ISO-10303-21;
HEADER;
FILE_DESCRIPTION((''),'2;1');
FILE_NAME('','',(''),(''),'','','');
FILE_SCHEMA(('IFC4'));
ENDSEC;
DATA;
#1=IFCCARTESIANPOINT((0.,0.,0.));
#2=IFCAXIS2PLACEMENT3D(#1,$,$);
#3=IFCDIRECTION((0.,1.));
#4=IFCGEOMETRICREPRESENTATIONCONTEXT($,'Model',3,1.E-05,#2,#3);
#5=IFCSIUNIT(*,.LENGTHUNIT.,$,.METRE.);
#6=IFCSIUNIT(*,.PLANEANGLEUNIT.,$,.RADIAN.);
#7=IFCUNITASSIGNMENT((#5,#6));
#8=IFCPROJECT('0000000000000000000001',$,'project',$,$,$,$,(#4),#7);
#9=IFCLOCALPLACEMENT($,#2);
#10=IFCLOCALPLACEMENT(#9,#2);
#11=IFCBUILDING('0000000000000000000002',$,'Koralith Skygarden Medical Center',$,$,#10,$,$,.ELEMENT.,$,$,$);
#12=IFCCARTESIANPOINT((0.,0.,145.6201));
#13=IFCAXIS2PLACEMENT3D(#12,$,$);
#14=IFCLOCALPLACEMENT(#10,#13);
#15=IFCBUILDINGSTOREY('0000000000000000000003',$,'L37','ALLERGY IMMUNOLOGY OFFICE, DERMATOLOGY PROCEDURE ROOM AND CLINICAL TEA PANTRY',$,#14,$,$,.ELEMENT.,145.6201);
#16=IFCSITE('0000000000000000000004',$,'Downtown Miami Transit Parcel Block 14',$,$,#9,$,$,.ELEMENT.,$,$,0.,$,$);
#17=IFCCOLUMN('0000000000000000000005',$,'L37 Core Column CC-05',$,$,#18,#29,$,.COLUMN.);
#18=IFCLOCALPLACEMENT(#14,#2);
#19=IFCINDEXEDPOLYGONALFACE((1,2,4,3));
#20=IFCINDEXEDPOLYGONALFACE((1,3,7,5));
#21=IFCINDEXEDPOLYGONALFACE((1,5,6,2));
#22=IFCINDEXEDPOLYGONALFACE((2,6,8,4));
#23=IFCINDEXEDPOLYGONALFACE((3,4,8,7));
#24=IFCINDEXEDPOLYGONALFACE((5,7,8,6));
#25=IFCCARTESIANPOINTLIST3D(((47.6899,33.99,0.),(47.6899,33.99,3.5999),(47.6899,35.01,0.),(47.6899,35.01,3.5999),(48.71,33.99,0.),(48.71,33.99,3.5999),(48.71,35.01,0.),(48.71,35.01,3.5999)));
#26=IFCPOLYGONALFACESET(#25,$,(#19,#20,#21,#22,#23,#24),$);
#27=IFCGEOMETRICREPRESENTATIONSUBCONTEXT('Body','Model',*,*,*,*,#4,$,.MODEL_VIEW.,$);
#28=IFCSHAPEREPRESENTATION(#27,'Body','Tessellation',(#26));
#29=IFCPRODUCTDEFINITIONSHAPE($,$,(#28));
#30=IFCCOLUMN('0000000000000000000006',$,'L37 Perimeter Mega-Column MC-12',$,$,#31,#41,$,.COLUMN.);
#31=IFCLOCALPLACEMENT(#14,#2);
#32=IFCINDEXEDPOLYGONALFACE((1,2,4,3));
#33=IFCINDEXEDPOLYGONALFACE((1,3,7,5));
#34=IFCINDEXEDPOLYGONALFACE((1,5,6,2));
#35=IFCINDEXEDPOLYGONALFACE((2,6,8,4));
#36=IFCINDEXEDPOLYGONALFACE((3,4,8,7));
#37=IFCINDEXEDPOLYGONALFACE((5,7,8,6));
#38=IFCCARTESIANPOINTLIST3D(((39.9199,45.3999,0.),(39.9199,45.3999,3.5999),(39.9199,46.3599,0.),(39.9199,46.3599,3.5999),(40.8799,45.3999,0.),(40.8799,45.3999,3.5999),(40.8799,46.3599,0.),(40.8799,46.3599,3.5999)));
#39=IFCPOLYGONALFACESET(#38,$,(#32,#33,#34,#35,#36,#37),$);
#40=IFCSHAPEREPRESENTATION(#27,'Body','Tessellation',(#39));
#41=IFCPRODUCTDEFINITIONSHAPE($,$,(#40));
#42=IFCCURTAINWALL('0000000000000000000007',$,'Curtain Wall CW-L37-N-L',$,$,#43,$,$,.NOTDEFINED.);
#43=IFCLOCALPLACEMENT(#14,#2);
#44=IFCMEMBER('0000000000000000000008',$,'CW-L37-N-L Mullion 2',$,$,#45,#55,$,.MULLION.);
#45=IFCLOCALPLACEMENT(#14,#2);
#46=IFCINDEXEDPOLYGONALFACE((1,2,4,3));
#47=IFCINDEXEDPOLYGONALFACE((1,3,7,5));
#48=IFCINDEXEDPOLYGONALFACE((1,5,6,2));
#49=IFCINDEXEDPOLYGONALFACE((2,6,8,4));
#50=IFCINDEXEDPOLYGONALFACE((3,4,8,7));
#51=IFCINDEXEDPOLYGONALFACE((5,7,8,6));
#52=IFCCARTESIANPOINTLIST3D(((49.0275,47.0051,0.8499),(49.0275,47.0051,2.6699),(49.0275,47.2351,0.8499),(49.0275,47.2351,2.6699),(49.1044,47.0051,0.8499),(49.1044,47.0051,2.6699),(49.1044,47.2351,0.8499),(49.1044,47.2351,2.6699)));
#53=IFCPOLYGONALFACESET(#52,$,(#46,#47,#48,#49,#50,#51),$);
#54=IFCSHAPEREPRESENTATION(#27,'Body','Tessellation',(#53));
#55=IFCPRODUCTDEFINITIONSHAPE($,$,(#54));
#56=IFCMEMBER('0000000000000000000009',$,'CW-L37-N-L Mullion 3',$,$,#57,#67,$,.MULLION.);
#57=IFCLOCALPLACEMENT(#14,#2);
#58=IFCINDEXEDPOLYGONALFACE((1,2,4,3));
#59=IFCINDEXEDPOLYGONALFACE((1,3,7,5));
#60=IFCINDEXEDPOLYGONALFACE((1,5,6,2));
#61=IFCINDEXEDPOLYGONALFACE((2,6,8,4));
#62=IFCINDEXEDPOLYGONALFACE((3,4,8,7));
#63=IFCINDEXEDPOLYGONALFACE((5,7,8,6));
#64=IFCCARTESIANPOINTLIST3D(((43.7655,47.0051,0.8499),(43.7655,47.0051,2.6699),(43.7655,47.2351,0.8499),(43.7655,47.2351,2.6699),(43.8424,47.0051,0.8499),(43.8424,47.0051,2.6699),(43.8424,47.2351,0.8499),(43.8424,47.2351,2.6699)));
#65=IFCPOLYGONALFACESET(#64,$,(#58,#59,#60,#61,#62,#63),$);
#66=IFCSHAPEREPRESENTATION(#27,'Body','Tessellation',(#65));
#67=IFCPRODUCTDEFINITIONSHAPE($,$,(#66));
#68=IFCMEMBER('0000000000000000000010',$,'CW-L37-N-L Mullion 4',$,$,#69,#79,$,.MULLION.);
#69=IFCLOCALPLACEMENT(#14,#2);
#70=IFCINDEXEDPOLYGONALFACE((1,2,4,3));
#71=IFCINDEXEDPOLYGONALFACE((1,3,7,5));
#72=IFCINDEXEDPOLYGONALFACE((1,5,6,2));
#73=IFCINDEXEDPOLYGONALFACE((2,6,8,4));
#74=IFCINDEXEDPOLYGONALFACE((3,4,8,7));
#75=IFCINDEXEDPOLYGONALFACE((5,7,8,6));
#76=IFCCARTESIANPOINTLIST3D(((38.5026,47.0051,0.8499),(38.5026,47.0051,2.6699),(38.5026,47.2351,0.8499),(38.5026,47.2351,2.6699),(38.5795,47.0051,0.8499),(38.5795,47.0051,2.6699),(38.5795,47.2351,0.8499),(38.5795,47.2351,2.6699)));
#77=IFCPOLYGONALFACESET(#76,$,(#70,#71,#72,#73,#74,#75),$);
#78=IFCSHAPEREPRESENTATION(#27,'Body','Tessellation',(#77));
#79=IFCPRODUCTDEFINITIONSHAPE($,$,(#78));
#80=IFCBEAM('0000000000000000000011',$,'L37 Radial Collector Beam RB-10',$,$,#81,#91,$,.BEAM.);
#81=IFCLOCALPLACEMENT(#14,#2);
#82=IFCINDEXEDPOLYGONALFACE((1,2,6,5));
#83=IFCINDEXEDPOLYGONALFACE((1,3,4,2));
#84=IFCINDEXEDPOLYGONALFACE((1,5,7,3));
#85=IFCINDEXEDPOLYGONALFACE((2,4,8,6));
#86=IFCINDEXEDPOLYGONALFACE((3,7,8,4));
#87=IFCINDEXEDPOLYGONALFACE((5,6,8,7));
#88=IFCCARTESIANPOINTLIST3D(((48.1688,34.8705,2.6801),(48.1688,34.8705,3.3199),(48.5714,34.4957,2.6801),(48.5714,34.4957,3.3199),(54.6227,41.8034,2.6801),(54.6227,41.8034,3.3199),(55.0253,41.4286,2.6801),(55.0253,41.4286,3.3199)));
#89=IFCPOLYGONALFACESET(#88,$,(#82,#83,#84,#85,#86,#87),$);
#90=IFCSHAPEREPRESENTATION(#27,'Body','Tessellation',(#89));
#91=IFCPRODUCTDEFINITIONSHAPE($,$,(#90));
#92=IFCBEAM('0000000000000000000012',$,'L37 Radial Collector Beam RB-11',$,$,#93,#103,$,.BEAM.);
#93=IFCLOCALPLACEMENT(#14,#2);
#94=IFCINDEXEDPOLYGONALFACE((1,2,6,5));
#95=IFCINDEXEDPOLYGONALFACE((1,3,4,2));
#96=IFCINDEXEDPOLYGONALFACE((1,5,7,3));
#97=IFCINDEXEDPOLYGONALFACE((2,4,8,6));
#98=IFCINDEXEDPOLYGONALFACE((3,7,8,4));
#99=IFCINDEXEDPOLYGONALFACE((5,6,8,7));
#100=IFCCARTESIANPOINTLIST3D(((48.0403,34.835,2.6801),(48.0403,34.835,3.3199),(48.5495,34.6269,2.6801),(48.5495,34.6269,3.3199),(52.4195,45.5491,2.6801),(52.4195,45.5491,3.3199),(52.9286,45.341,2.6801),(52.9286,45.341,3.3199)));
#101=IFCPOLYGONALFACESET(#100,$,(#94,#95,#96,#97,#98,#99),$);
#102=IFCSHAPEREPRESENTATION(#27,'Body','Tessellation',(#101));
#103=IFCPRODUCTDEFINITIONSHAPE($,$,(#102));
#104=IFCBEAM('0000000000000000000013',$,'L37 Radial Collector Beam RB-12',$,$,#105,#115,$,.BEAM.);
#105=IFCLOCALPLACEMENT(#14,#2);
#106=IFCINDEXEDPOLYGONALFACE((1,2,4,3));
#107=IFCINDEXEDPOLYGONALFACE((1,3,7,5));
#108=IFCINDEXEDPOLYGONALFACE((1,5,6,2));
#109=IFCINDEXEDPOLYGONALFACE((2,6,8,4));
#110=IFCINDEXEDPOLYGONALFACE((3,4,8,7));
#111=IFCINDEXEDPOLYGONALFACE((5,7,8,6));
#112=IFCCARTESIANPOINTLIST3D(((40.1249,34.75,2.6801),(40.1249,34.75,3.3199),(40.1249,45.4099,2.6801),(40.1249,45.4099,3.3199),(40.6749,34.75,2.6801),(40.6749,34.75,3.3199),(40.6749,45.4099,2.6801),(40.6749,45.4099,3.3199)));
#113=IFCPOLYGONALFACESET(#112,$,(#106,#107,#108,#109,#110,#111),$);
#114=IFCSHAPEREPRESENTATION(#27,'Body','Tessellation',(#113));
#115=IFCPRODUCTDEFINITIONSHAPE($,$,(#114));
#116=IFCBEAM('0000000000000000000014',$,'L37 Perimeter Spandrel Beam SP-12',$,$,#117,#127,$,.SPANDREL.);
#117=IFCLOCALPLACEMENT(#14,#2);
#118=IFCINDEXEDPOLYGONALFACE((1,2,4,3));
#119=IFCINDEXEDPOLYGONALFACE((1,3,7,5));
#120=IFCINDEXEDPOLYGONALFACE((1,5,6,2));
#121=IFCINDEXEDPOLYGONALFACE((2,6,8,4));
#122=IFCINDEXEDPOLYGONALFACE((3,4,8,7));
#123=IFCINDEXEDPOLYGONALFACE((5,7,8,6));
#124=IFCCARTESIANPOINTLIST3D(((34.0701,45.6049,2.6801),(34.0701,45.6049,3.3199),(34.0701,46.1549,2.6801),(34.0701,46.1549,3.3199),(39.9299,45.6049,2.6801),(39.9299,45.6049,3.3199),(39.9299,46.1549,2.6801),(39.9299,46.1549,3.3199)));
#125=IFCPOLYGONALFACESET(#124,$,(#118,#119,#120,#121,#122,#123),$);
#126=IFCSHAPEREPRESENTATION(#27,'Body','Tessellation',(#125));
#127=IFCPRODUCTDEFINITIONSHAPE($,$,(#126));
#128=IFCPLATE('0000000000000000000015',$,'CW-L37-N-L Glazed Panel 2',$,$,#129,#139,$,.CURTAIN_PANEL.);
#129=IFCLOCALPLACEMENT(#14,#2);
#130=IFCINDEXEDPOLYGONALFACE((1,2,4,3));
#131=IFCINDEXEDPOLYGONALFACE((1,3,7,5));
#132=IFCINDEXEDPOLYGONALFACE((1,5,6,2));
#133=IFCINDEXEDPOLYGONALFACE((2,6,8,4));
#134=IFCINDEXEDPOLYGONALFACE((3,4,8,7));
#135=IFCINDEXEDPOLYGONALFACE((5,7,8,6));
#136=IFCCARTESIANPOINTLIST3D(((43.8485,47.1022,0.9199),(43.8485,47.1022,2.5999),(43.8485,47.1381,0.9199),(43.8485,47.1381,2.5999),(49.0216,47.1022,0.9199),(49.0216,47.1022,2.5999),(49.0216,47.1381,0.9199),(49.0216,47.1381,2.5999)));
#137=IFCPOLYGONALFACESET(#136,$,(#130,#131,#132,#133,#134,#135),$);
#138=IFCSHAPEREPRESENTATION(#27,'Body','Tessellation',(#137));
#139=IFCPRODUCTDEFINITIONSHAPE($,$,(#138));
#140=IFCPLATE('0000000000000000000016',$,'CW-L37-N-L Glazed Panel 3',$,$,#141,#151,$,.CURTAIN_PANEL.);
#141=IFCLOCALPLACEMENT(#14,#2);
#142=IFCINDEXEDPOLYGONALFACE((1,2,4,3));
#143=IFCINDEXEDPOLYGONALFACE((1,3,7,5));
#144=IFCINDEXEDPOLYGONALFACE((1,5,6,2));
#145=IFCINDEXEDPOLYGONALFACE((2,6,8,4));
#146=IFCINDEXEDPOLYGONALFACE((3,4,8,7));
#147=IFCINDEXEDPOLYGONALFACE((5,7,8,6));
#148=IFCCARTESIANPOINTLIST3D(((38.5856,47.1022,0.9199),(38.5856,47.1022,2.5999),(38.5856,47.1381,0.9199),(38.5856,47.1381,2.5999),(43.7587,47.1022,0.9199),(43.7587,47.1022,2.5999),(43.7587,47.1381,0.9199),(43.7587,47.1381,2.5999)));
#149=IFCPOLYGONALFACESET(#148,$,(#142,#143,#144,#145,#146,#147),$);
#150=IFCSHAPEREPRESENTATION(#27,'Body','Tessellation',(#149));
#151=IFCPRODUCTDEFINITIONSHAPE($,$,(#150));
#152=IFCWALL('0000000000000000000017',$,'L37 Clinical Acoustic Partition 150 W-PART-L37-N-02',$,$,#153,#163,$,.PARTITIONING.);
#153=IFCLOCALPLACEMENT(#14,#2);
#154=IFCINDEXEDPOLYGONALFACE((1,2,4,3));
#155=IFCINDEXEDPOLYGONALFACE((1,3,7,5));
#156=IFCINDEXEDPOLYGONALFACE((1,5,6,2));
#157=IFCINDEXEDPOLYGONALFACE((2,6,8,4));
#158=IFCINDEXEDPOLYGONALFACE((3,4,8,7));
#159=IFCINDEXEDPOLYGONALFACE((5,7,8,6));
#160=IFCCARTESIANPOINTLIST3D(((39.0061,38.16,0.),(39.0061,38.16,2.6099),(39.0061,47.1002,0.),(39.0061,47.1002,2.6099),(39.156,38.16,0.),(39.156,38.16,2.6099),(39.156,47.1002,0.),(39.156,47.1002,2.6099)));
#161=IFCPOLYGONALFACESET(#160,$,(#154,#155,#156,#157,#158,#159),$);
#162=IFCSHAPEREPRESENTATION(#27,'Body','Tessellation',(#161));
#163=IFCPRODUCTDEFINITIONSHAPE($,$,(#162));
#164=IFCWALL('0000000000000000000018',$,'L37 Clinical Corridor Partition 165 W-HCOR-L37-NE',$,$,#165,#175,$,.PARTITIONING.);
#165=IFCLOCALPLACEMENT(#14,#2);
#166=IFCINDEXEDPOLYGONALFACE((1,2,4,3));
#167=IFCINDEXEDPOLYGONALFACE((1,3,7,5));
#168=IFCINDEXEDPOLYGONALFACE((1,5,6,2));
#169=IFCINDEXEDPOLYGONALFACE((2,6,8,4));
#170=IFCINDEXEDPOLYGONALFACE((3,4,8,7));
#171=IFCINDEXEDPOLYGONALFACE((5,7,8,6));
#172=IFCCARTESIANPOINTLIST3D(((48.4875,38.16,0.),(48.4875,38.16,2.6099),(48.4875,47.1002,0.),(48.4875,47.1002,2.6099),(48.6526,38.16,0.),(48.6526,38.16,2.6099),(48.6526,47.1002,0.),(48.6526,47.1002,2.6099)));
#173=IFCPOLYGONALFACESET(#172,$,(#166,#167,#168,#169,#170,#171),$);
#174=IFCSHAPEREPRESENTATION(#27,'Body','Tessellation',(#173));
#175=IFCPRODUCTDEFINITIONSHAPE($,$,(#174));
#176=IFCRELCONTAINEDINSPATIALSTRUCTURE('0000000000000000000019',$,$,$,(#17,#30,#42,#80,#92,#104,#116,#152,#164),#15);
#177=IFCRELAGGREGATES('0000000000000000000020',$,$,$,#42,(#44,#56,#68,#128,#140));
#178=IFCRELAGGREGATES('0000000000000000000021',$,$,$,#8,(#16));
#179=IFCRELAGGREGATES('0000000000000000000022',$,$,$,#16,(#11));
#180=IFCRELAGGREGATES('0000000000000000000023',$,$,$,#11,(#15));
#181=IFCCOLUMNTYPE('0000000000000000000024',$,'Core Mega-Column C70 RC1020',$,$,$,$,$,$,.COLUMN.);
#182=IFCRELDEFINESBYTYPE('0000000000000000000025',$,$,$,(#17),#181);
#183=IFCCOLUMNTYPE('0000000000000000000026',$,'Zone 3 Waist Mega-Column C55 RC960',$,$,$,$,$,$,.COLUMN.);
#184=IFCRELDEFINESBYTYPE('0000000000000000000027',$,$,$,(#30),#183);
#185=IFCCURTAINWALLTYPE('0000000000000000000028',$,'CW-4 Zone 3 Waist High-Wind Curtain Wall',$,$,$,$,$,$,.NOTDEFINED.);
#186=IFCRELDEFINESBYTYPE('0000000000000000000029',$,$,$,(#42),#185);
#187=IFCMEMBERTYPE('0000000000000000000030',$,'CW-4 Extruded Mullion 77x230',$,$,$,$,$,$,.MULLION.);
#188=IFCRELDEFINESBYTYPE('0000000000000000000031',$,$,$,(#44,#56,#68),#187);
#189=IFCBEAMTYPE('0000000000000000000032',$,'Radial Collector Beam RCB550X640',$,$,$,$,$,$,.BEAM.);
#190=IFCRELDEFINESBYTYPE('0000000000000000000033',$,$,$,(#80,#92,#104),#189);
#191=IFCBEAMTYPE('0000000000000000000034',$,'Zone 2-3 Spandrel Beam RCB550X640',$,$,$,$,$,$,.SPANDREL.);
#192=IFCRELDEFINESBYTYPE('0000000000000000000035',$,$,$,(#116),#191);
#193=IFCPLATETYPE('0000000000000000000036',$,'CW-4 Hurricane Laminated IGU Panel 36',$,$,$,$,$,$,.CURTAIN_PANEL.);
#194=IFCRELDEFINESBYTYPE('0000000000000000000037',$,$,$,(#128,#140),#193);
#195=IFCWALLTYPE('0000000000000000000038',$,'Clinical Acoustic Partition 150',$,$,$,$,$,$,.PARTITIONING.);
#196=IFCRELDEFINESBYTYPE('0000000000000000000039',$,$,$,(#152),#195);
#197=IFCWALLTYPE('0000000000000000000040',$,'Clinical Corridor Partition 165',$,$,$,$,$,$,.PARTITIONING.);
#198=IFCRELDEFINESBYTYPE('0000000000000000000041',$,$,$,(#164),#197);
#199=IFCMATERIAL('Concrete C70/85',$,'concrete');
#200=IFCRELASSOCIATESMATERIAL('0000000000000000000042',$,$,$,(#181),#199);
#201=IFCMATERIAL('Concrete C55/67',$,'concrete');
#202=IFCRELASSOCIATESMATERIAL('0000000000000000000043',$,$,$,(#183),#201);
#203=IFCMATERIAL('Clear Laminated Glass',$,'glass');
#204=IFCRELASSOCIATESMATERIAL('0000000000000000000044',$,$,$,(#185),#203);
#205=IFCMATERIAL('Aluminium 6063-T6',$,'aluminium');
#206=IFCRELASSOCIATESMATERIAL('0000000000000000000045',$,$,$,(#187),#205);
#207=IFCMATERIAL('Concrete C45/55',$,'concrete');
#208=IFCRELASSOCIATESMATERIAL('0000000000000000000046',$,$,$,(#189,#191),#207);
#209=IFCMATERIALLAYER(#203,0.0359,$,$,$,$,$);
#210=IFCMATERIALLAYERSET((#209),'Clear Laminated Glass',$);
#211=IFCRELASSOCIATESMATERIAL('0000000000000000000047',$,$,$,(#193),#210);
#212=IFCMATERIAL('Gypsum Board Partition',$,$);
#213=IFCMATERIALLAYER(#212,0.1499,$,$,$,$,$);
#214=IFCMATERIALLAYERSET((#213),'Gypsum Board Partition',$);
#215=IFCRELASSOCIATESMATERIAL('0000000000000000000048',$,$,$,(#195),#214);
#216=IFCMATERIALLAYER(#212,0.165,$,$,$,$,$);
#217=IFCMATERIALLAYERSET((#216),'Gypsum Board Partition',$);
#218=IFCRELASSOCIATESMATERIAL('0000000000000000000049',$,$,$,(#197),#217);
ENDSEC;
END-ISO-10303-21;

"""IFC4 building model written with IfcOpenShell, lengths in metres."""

from ifc_helpers import new_model, si_unit, direction, frame, frame_2d, origin, origin_2d, place, context, subcontext, project, spatial, rectangle, extrude, material, layer, layer_set, material_profile, profile_set, type_object, element, aggregate, save


model = new_model("IFC4")

# Units and contexts
model_context = context("Model", 3, precision=1e-05, world=origin(), true_north=direction((0.0, 1.0)))
body_context = subcontext(model_context, "Body", "Model", "MODEL_VIEW")
ifc_project = project(units=[si_unit("LENGTHUNIT", "METRE"), si_unit("PLANEANGLEUNIT", "RADIAN")], contexts=[model_context])

# Site, building, storey
site_placement = place(None, origin())
site = spatial("IfcSite", under=ifc_project, at=site_placement, Name="Downtown Miami Transit Parcel Block 14", CompositionType="ELEMENT", RefElevation=0.0)
building_placement = place(site_placement, origin())
building = spatial("IfcBuilding", under=site, at=building_placement, Name="Koralith Skygarden Medical Center", CompositionType="ELEMENT")
storey_placement = place(building_placement, frame((0.0, 0.0, 145.6201)))
storey = spatial("IfcBuildingStorey", under=building, at=storey_placement, Name="L37", Description="ALLERGY IMMUNOLOGY OFFICE, DERMATOLOGY PROCEDURE ROOM AND CLINICAL TEA PANTRY", CompositionType="ELEMENT", Elevation=145.6201)

# Columns
ifc_material_1 = material(Name="Concrete C70/85", Category="concrete")
ifc_material_profile_1 = material_profile(ifc_material_1, rectangle(XDim=1.02, YDim=1.02, at=origin_2d()), Name="RC1020X1020")
ifc_profile_set_1 = profile_set([ifc_material_profile_1], Name="Concrete C70/85")
column_type_1 = type_object("IfcColumnType", Name="Core Mega-Column C70 RC1020", PredefinedType="COLUMN", material=ifc_profile_set_1)
column_1_placement = place(storey_placement, frame((48.2, 34.5, 0.0), z_axis=(0.0, 0.0, 1.0), x_axis=(1.0, 0.0, 0.0)))
element("IfcColumn", 1, at=column_1_placement, inside=storey, type_object=column_type_1, Name="L37 Core Column CC-05", PredefinedType="COLUMN", context=body_context, shape_type="SweptSolid", body=[
    extrude(rectangle(XDim=1.02, YDim=1.02, at=origin_2d()), origin(), (0.0, 0.0, 1.0), 3.5999),
])
ifc_material_2 = material(Name="Concrete C55/67", Category="concrete")
ifc_material_profile_2 = material_profile(ifc_material_2, rectangle(XDim=0.96, YDim=0.96, at=origin_2d()), Name="RC960X960")
ifc_profile_set_2 = profile_set([ifc_material_profile_2], Name="Concrete C55/67")
column_type_2 = type_object("IfcColumnType", Name="Zone 3 Waist Mega-Column C55 RC960", PredefinedType="COLUMN", material=ifc_profile_set_2)
column_2_placement = place(storey_placement, frame((40.3999, 45.8799, 0.0), z_axis=(0.0, 0.0, 1.0), x_axis=(1.0, 0.0, 0.0)))
element("IfcColumn", 2, at=column_2_placement, inside=storey, type_object=column_type_2, Name="L37 Perimeter Mega-Column MC-12", PredefinedType="COLUMN", context=body_context, shape_type="SweptSolid", body=[
    extrude(rectangle(XDim=0.96, YDim=0.96, at=origin_2d()), origin(), (0.0, 0.0, 1.0), 3.5999),
])

# Curtain wall, members
ifc_material_3 = material(Name="Clear Laminated Glass", Category="glass")
curtain_wall_type = type_object("IfcCurtainWallType", Name="CW-4 Zone 3 Waist High-Wind Curtain Wall", PredefinedType="NOTDEFINED", material=ifc_material_3)
curtain_wall_placement = place(storey_placement, origin())
curtain_wall = element("IfcCurtainWall", 3, at=curtain_wall_placement, inside=storey, type_object=curtain_wall_type, Name="Curtain Wall CW-L37-N-L", PredefinedType="NOTDEFINED")
ifc_material_4 = material(Name="Aluminium 6063-T6", Category="aluminium")
ifc_material_profile_3 = material_profile(ifc_material_4, rectangle(XDim=0.0769, YDim=0.23, at=origin_2d()), Name="MUL77X230")
ifc_profile_set_3 = profile_set([ifc_material_profile_3], Name="Aluminium 6063-T6")
member_type = type_object("IfcMemberType", Name="CW-4 Extruded Mullion 77x230", PredefinedType="MULLION", material=ifc_profile_set_3)
member_1_placement = place(storey_placement, frame((49.0659, 47.1201, 0.8499), z_axis=(0.0, 0.0, 1.0), x_axis=(1.0, 0.0, 0.0)))
member_1 = element("IfcMember", 4, at=member_1_placement, type_object=member_type, Name="CW-L37-N-L Mullion 2", PredefinedType="MULLION", context=body_context, shape_type="SweptSolid", body=[
    extrude(rectangle(XDim=0.0769, YDim=0.23, at=origin_2d()), origin(), (0.0, 0.0, 1.0), 1.8201),
])
member_2_placement = place(storey_placement, frame((43.804, 47.1201, 0.8499), z_axis=(0.0, 0.0, 1.0), x_axis=(1.0, 0.0, 0.0)))
member_2 = element("IfcMember", 5, at=member_2_placement, type_object=member_type, Name="CW-L37-N-L Mullion 3", PredefinedType="MULLION", context=body_context, shape_type="SweptSolid", body=[
    extrude(rectangle(XDim=0.0769, YDim=0.23, at=origin_2d()), origin(), (0.0, 0.0, 1.0), 1.8201),
])
member_3_placement = place(storey_placement, frame((38.541, 47.1201, 0.8499), z_axis=(0.0, 0.0, 1.0), x_axis=(1.0, 0.0, 0.0)))
member_3 = element("IfcMember", 6, at=member_3_placement, type_object=member_type, Name="CW-L37-N-L Mullion 4", PredefinedType="MULLION", context=body_context, shape_type="SweptSolid", body=[
    extrude(rectangle(XDim=0.0769, YDim=0.23, at=origin_2d()), origin(), (0.0, 0.0, 1.0), 1.8201),
])

# Beams
ifc_material_5 = material(Name="Concrete C45/55", Category="concrete")
ifc_material_profile_4 = material_profile(ifc_material_5, rectangle(XDim=0.55, YDim=0.6399, at=origin_2d()), Name="RCB550X640")
ifc_profile_set_4 = profile_set([ifc_material_profile_4], Name="Concrete C45/55")
beam_type_1 = type_object("IfcBeamType", Name="Radial Collector Beam RCB550X640", PredefinedType="BEAM", material=ifc_profile_set_4)
beam_1_placement = place(storey_placement, frame((48.3701, 34.6831, 3.0), z_axis=(0.681369, 0.73194, 0.0), x_axis=(-0.73194, 0.681369, 0.0)))
element("IfcBeam", 7, at=beam_1_placement, inside=storey, type_object=beam_type_1, Name="L37 Radial Collector Beam RB-10", PredefinedType="BEAM", context=body_context, shape_type="SweptSolid", body=[
    extrude(rectangle(XDim=0.55, YDim=0.6399, at=origin_2d()), origin(), (0.0, 0.0, 1.0), 9.4719),
])
beam_2_placement = place(storey_placement, frame((48.2949, 34.731, 3.0), z_axis=(0.378345, 0.925665, 0.0), x_axis=(-0.925665, 0.378345, 0.0)))
element("IfcBeam", 8, at=beam_2_placement, inside=storey, type_object=beam_type_1, Name="L37 Radial Collector Beam RB-11", PredefinedType="BEAM", context=body_context, shape_type="SweptSolid", body=[
    extrude(rectangle(XDim=0.55, YDim=0.6399, at=origin_2d()), origin(), (0.0, 0.0, 1.0), 11.5745),
])
beam_3_placement = place(storey_placement, frame((40.3999, 34.75, 3.0), z_axis=(0.0, 1.0, 0.0), x_axis=(-1.0, 0.0, 0.0)))
element("IfcBeam", 9, at=beam_3_placement, inside=storey, type_object=beam_type_1, Name="L37 Radial Collector Beam RB-12", PredefinedType="BEAM", context=body_context, shape_type="SweptSolid", body=[
    extrude(rectangle(XDim=0.55, YDim=0.6399, at=origin_2d()), origin(), (0.0, 0.0, 1.0), 10.6599),
])
ifc_material_profile_5 = material_profile(ifc_material_5, rectangle(XDim=0.55, YDim=0.6399, at=origin_2d()), Name="RCB550X640")
ifc_profile_set_5 = profile_set([ifc_material_profile_5], Name="Concrete C45/55")
beam_type_2 = type_object("IfcBeamType", Name="Zone 2-3 Spandrel Beam RCB550X640", PredefinedType="SPANDREL", material=ifc_profile_set_5)
beam_4_placement = place(storey_placement, frame((39.9299, 45.8799, 3.0), z_axis=(-1.0, 0.0, 0.0), x_axis=(0.0, -1.0, 0.0)))
element("IfcBeam", 10, at=beam_4_placement, inside=storey, type_object=beam_type_2, Name="L37 Perimeter Spandrel Beam SP-12", PredefinedType="SPANDREL", context=body_context, shape_type="SweptSolid", body=[
    extrude(rectangle(XDim=0.55, YDim=0.6399, at=origin_2d()), origin(), (0.0, 0.0, 1.0), 5.8599),
])

# Plates
ifc_layer_1 = layer(ifc_material_3, 0.0359)
ifc_layer_set_1 = layer_set([ifc_layer_1], Name="Clear Laminated Glass")
plate_type = type_object("IfcPlateType", Name="CW-4 Hurricane Laminated IGU Panel 36", PredefinedType="CURTAIN_PANEL", material=ifc_layer_set_1)
plate_1_placement = place(storey_placement, frame((46.4351, 47.1201, 0.9199), z_axis=(0.0, 0.0, 1.0), x_axis=(-1.0, 0.0, 0.0)))
plate_1 = element("IfcPlate", 11, at=plate_1_placement, type_object=plate_type, Name="CW-L37-N-L Glazed Panel 2", PredefinedType="CURTAIN_PANEL", context=body_context, shape_type="SweptSolid", body=[
    extrude(rectangle(XDim=5.1731, YDim=0.0359, at=origin_2d()), origin(), (0.0, 0.0, 1.0), 1.6799),
])
plate_2_placement = place(storey_placement, frame((41.1721, 47.1201, 0.9199), z_axis=(0.0, 0.0, 1.0), x_axis=(-1.0, 0.0, 0.0)))
plate_2 = element("IfcPlate", 12, at=plate_2_placement, type_object=plate_type, Name="CW-L37-N-L Glazed Panel 3", PredefinedType="CURTAIN_PANEL", context=body_context, shape_type="SweptSolid", body=[
    extrude(rectangle(XDim=5.1731, YDim=0.0359, at=origin_2d()), origin(), (0.0, 0.0, 1.0), 1.6799),
])
aggregate(curtain_wall, [member_1, member_2, member_3, plate_1, plate_2])

# Walls
ifc_material_6 = material(Name="Gypsum Board Partition")
ifc_layer_2 = layer(ifc_material_6, 0.1499)
ifc_layer_set_2 = layer_set([ifc_layer_2], Name="Gypsum Board Partition")
wall_type_1 = type_object("IfcWallType", Name="Clinical Acoustic Partition 150", PredefinedType="PARTITIONING", material=ifc_layer_set_2)
wall_1_placement = place(storey_placement, frame((39.0811, 38.1599, 0.0), z_axis=(0.0, 0.0, 1.0), x_axis=(0.0, 1.0, 0.0)))
element("IfcWall", 13, at=wall_1_placement, inside=storey, type_object=wall_type_1, Name="L37 Clinical Acoustic Partition 150 W-PART-L37-N-02", PredefinedType="PARTITIONING", context=body_context, shape_type="SweptSolid", body=[
    extrude(rectangle(XDim=8.9402, YDim=0.1499, at=frame_2d((4.4702, 0.0))), origin(), (0.0, 0.0, 1.0), 2.6099),
])
ifc_layer_3 = layer(ifc_material_6, 0.165)
ifc_layer_set_3 = layer_set([ifc_layer_3], Name="Gypsum Board Partition")
wall_type_2 = type_object("IfcWallType", Name="Clinical Corridor Partition 165", PredefinedType="PARTITIONING", material=ifc_layer_set_3)
wall_2_placement = place(storey_placement, frame((48.5701, 38.1599, 0.0), z_axis=(0.0, 0.0, 1.0), x_axis=(0.0, 1.0, 0.0)))
element("IfcWall", 14, at=wall_2_placement, inside=storey, type_object=wall_type_2, Name="L37 Clinical Corridor Partition 165 W-HCOR-L37-NE", PredefinedType="PARTITIONING", context=body_context, shape_type="SweptSolid", body=[
    extrude(rectangle(XDim=8.9402, YDim=0.165, at=frame_2d((4.4702, 0.0))), origin(), (0.0, 0.0, 1.0), 2.6099),
])

save(model, "model.ifc")
